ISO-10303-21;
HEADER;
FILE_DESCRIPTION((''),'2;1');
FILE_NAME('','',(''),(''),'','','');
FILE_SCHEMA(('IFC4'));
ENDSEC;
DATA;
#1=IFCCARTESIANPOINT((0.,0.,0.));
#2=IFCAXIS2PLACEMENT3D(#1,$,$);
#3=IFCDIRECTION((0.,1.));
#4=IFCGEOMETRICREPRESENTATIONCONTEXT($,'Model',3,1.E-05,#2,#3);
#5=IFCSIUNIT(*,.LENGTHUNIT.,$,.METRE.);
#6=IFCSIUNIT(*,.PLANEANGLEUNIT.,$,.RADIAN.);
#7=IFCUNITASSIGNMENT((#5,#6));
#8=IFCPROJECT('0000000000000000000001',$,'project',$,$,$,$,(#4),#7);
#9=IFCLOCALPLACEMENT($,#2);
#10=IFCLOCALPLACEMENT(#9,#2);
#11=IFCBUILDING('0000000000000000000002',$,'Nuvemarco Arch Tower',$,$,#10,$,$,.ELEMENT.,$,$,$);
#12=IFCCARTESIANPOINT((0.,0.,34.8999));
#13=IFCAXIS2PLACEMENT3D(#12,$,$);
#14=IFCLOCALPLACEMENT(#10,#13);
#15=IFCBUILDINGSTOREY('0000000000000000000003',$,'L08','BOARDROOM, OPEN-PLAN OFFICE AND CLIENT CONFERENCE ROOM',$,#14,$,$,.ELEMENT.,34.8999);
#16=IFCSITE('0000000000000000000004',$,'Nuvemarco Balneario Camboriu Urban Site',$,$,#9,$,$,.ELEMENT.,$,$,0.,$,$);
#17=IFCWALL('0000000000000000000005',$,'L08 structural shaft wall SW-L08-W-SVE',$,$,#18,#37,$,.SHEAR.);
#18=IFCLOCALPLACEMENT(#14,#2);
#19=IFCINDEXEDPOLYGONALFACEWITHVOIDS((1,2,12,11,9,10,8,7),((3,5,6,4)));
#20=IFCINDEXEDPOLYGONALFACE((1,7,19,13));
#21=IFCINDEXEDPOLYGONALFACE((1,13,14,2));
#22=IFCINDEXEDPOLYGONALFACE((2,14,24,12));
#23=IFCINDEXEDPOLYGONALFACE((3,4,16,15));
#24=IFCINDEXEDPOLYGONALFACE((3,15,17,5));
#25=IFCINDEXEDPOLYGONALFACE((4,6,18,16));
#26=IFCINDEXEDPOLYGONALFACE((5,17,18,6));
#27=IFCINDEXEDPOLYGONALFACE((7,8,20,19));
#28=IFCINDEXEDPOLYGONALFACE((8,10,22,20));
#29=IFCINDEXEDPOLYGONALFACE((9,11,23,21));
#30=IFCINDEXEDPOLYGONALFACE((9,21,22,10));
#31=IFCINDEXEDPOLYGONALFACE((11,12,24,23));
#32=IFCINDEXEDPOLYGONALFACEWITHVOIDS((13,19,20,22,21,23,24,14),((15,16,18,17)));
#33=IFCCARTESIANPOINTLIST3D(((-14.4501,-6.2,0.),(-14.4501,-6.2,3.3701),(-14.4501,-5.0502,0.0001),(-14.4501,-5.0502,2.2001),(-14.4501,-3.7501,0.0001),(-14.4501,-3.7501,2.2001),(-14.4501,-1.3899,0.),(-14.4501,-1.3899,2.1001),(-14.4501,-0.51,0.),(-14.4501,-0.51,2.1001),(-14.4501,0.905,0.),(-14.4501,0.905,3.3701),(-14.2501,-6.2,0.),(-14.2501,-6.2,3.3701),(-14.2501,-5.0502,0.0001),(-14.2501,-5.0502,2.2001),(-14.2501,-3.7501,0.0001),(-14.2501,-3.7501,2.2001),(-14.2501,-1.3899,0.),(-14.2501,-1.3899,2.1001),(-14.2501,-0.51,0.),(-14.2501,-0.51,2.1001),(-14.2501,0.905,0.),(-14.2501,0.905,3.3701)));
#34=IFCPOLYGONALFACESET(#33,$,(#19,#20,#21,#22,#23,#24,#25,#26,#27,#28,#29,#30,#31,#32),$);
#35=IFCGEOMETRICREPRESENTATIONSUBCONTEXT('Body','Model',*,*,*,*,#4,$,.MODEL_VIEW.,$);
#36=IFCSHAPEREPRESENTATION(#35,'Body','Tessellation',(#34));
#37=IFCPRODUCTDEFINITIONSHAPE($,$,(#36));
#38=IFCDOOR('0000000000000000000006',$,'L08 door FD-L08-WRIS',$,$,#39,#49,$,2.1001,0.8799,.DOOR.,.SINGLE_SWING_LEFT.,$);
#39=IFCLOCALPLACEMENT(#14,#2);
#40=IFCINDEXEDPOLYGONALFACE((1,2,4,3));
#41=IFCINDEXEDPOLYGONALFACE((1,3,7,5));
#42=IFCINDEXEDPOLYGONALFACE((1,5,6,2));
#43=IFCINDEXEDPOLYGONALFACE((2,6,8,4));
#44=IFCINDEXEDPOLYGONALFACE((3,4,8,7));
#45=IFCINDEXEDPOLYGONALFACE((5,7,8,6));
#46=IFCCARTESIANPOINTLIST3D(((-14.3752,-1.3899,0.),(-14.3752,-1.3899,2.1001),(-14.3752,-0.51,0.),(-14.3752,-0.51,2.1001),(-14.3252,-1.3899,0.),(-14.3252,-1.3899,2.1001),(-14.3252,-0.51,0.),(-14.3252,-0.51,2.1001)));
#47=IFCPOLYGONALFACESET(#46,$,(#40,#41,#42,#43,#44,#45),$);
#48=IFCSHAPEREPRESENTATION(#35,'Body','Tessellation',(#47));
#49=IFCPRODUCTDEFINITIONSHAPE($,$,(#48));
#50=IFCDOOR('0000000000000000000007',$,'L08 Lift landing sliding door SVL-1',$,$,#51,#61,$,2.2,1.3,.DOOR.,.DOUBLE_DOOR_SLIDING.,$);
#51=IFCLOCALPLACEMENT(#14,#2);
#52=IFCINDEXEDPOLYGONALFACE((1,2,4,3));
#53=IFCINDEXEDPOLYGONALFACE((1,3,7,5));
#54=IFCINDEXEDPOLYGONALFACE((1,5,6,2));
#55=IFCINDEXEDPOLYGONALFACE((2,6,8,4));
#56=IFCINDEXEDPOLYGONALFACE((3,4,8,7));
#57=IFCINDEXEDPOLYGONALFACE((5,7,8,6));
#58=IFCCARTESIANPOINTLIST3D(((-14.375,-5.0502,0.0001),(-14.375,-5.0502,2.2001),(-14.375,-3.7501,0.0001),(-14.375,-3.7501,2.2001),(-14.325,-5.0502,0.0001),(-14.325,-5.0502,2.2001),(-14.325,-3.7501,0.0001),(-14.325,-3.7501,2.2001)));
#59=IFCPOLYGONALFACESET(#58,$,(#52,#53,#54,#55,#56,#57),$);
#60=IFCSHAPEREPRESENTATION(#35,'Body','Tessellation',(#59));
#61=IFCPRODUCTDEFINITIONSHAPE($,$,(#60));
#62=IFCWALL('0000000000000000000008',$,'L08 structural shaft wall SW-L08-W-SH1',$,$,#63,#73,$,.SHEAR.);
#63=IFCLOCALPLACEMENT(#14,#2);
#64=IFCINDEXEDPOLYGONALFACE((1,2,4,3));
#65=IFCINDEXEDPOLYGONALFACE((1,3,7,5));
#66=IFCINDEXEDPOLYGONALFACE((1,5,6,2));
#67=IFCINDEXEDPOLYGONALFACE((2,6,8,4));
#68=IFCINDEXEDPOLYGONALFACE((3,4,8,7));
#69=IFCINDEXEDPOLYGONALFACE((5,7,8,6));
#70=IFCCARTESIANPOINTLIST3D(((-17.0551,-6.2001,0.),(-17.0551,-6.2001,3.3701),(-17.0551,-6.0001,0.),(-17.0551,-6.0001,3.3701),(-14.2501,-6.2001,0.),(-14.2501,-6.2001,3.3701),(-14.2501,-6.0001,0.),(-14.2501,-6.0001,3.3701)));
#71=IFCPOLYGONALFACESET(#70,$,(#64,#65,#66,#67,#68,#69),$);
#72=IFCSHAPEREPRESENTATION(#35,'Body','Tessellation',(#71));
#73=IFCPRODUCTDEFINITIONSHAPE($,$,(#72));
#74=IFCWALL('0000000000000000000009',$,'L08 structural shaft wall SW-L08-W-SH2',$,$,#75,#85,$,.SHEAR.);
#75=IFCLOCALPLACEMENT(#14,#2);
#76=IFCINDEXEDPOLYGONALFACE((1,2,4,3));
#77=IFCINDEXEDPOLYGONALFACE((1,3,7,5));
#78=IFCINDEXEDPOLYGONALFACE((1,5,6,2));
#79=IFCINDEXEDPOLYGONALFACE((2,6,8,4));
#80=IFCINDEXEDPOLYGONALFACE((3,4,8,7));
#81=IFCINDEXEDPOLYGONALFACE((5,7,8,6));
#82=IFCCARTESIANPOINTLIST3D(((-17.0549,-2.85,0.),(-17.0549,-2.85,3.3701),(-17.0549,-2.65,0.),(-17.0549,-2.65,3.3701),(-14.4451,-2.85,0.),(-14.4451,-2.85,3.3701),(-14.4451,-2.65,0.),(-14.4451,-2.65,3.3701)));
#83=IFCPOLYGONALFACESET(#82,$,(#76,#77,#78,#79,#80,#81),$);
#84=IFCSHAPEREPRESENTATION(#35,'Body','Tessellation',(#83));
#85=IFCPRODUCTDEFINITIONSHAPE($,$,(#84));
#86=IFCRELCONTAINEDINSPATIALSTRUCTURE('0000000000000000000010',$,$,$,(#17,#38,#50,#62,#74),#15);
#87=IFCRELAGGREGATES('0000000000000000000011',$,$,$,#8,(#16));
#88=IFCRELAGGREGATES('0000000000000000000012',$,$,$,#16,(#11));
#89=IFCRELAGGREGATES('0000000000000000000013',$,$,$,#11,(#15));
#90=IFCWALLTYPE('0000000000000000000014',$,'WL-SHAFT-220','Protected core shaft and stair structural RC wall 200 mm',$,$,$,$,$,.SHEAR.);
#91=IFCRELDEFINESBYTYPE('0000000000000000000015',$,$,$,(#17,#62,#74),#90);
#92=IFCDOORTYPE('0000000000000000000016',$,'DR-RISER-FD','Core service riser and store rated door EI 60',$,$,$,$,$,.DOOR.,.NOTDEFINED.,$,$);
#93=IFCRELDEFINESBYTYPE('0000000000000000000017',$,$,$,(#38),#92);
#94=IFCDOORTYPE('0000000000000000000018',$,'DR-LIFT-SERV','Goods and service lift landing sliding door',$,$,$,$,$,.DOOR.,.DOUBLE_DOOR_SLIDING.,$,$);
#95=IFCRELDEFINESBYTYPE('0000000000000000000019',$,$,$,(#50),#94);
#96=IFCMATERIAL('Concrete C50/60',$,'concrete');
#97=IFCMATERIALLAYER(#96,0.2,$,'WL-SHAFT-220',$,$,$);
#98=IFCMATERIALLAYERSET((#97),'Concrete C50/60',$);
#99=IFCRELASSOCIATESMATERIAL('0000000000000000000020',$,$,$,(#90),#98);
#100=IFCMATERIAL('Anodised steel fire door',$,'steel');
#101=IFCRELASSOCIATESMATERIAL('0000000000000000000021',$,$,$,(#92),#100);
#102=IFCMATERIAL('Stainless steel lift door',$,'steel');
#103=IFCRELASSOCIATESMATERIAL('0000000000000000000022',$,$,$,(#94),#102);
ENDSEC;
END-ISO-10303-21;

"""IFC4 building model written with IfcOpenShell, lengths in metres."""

from ifc_helpers import new_model, si_unit, direction, frame, frame_2d, origin, place, context, subcontext, project, spatial, rectangle, extrude, source, transform, mapped, material, layer, layer_set, type_object, type_shapes, element, fill, save


model = new_model("IFC4")

# Units and contexts
model_context = context("Model", 3, precision=1e-05, world=origin(), true_north=direction((0.0, 1.0)))
body_context = subcontext(model_context, "Body", "Model", "MODEL_VIEW")
ifc_project = project(units=[si_unit("LENGTHUNIT", "METRE"), si_unit("PLANEANGLEUNIT", "RADIAN")], contexts=[model_context])

# Site, building, storey
site_placement = place(None, origin())
site = spatial("IfcSite", under=ifc_project, at=site_placement, Name="Nuvemarco Balneario Camboriu Urban Site", CompositionType="ELEMENT", RefElevation=0.0)
building_placement = place(site_placement, origin())
building = spatial("IfcBuilding", under=site, at=building_placement, Name="Nuvemarco Arch Tower", CompositionType="ELEMENT")
storey_placement = place(building_placement, frame((0.0, 0.0, 34.8999)))
storey = spatial("IfcBuildingStorey", under=building, at=storey_placement, Name="L08", Description="BOARDROOM, OPEN-PLAN OFFICE AND CLIENT CONFERENCE ROOM", CompositionType="ELEMENT", Elevation=34.8999)

# Shared definitions
ifc_material_1 = material(Name="Concrete C50/60", Category="concrete")
ifc_layer_1 = layer(ifc_material_1, 0.2, Name="WL-SHAFT-220")
ifc_layer_set_1 = layer_set([ifc_layer_1], Name="Concrete C50/60")
wall_type_1 = type_object("IfcWallType", Name="WL-SHAFT-220", Description="Protected core shaft and stair structural RC wall 200 mm", PredefinedType="SHEAR", material=ifc_layer_set_1)
ifc_material_2 = material(Name="Stainless steel lift door", Category="steel")

# Wall, openings, doors
wall_1_placement = place(storey_placement, frame((-14.3501, -6.2, 0.0), z_axis=(0.0, 0.0, 1.0), x_axis=(0.0, 1.0, 0.0)))
wall_1 = element("IfcWall", 1, at=wall_1_placement, inside=storey, type_object=wall_type_1, Name="L08 structural shaft wall SW-L08-W-SVE", PredefinedType="SHEAR", context=body_context, shape_type="SweptSolid", body=[
    extrude(rectangle(XDim=7.105, YDim=0.2, at=frame_2d((3.5525, 0.0))), origin(), (0.0, 0.0, 1.0), 3.3701),
])
opening_1_placement = place(wall_1_placement, frame((5.6899, 0.0, 0.0), z_axis=(0.0, 0.0, 1.0), x_axis=(-1.0, 0.0, 0.0)))
opening_1 = element("IfcOpeningElement", 2, at=opening_1_placement, cuts=wall_1, PredefinedType="OPENING", context=body_context, shape_type="SweptSolid", body=[
    extrude(rectangle(XDim=0.8799, YDim=2.1001, at=frame_2d((0.4399, 1.05))), frame((0.0, 0.1099, 0.0), z_axis=(0.0, -1.0, 0.0), x_axis=(1.0, 0.0, 0.0)), (0.0, 0.0, 1.0), 0.22),
])
opening_2_placement = place(wall_1_placement, frame((1.1499, 0.0, 0.0)))
opening_2 = element("IfcOpeningElement", 3, at=opening_2_placement, cuts=wall_1, PredefinedType="OPENING", context=body_context, shape_type="SweptSolid", body=[
    extrude(rectangle(XDim=1.3, YDim=2.2, at=frame_2d((0.6499, 1.1001))), frame((0.0, 0.1099, 0.0), z_axis=(0.0, -1.0, 0.0), x_axis=(1.0, 0.0, 0.0)), (0.0, 0.0, 1.0), 0.22),
])
ifc_material_3 = material(Name="Anodised steel fire door", Category="steel")
door_type_1 = type_object("IfcDoorType", Name="DR-RISER-FD", Description="Core service riser and store rated door EI 60", OperationType="NOTDEFINED", PredefinedType="DOOR", material=ifc_material_3)
shared_shape_1 = source(origin(), body_context, "Body", "SweptSolid", [
    extrude(rectangle(XDim=0.8799, YDim=2.1001, at=frame_2d((0.4399, 1.05))), frame((0.0, 0.0249, 0.0), z_axis=(0.0, -1.0, 0.0), x_axis=(1.0, 0.0, 0.0)), (0.0, 0.0, 1.0), 0.05),
])
type_shapes(door_type_1, [shared_shape_1])
door_1_placement = place(opening_1_placement, origin())
door_1 = element("IfcDoor", 4, at=door_1_placement, inside=storey, type_object=door_type_1, Name="L08 door FD-L08-WRIS", OperationType="SINGLE_SWING_LEFT", OverallHeight=2.1001, OverallWidth=0.8799, PredefinedType="DOOR", context=body_context, shape_type="MappedRepresentation", body=[
    mapped(shared_shape_1, transform((0.0, 0.0, 0.0), scale=1.0)),
])
fill(opening_1, door_1)
door_type_2 = type_object("IfcDoorType", Name="DR-LIFT-SERV", Description="Goods and service lift landing sliding door", OperationType="DOUBLE_DOOR_SLIDING", PredefinedType="DOOR", material=ifc_material_2)
shared_shape_2 = source(origin(), body_context, "Body", "SweptSolid", [
    extrude(rectangle(XDim=1.3, YDim=2.2, at=frame_2d((0.6499, 1.1001))), frame((0.0, 0.0249, 0.0), z_axis=(0.0, -1.0, 0.0), x_axis=(1.0, 0.0, 0.0)), (0.0, 0.0, 1.0), 0.05),
])
type_shapes(door_type_2, [shared_shape_2])
door_2_placement = place(opening_2_placement, origin())
door_2 = element("IfcDoor", 5, at=door_2_placement, inside=storey, type_object=door_type_2, Name="L08 Lift landing sliding door SVL-1", OperationType="DOUBLE_DOOR_SLIDING", OverallHeight=2.2, OverallWidth=1.3, PredefinedType="DOOR", context=body_context, shape_type="MappedRepresentation", body=[
    mapped(shared_shape_2, transform((0.0, 0.0, 0.0), scale=1.0)),
])
fill(opening_2, door_2)

# Walls
wall_2_placement = place(storey_placement, frame((-17.0549, -6.1001, 0.0), z_axis=(0.0, 0.0, 1.0), x_axis=(1.0, 0.0, 0.0)))
element("IfcWall", 6, at=wall_2_placement, inside=storey, type_object=wall_type_1, Name="L08 structural shaft wall SW-L08-W-SH1", PredefinedType="SHEAR", context=body_context, shape_type="SweptSolid", body=[
    extrude(rectangle(XDim=2.8049, YDim=0.2, at=frame_2d((1.4023, 0.0))), origin(), (0.0, 0.0, 1.0), 3.3701),
])
wall_3_placement = place(storey_placement, frame((-17.0549, -2.75, 0.0), z_axis=(0.0, 0.0, 1.0), x_axis=(1.0, 0.0, 0.0)))
element("IfcWall", 7, at=wall_3_placement, inside=storey, type_object=wall_type_1, Name="L08 structural shaft wall SW-L08-W-SH2", PredefinedType="SHEAR", context=body_context, shape_type="SweptSolid", body=[
    extrude(rectangle(XDim=2.6099, YDim=0.2, at=frame_2d((1.3049, 0.0))), origin(), (0.0, 0.0, 1.0), 3.3701),
])

save(model, "model.ifc")
